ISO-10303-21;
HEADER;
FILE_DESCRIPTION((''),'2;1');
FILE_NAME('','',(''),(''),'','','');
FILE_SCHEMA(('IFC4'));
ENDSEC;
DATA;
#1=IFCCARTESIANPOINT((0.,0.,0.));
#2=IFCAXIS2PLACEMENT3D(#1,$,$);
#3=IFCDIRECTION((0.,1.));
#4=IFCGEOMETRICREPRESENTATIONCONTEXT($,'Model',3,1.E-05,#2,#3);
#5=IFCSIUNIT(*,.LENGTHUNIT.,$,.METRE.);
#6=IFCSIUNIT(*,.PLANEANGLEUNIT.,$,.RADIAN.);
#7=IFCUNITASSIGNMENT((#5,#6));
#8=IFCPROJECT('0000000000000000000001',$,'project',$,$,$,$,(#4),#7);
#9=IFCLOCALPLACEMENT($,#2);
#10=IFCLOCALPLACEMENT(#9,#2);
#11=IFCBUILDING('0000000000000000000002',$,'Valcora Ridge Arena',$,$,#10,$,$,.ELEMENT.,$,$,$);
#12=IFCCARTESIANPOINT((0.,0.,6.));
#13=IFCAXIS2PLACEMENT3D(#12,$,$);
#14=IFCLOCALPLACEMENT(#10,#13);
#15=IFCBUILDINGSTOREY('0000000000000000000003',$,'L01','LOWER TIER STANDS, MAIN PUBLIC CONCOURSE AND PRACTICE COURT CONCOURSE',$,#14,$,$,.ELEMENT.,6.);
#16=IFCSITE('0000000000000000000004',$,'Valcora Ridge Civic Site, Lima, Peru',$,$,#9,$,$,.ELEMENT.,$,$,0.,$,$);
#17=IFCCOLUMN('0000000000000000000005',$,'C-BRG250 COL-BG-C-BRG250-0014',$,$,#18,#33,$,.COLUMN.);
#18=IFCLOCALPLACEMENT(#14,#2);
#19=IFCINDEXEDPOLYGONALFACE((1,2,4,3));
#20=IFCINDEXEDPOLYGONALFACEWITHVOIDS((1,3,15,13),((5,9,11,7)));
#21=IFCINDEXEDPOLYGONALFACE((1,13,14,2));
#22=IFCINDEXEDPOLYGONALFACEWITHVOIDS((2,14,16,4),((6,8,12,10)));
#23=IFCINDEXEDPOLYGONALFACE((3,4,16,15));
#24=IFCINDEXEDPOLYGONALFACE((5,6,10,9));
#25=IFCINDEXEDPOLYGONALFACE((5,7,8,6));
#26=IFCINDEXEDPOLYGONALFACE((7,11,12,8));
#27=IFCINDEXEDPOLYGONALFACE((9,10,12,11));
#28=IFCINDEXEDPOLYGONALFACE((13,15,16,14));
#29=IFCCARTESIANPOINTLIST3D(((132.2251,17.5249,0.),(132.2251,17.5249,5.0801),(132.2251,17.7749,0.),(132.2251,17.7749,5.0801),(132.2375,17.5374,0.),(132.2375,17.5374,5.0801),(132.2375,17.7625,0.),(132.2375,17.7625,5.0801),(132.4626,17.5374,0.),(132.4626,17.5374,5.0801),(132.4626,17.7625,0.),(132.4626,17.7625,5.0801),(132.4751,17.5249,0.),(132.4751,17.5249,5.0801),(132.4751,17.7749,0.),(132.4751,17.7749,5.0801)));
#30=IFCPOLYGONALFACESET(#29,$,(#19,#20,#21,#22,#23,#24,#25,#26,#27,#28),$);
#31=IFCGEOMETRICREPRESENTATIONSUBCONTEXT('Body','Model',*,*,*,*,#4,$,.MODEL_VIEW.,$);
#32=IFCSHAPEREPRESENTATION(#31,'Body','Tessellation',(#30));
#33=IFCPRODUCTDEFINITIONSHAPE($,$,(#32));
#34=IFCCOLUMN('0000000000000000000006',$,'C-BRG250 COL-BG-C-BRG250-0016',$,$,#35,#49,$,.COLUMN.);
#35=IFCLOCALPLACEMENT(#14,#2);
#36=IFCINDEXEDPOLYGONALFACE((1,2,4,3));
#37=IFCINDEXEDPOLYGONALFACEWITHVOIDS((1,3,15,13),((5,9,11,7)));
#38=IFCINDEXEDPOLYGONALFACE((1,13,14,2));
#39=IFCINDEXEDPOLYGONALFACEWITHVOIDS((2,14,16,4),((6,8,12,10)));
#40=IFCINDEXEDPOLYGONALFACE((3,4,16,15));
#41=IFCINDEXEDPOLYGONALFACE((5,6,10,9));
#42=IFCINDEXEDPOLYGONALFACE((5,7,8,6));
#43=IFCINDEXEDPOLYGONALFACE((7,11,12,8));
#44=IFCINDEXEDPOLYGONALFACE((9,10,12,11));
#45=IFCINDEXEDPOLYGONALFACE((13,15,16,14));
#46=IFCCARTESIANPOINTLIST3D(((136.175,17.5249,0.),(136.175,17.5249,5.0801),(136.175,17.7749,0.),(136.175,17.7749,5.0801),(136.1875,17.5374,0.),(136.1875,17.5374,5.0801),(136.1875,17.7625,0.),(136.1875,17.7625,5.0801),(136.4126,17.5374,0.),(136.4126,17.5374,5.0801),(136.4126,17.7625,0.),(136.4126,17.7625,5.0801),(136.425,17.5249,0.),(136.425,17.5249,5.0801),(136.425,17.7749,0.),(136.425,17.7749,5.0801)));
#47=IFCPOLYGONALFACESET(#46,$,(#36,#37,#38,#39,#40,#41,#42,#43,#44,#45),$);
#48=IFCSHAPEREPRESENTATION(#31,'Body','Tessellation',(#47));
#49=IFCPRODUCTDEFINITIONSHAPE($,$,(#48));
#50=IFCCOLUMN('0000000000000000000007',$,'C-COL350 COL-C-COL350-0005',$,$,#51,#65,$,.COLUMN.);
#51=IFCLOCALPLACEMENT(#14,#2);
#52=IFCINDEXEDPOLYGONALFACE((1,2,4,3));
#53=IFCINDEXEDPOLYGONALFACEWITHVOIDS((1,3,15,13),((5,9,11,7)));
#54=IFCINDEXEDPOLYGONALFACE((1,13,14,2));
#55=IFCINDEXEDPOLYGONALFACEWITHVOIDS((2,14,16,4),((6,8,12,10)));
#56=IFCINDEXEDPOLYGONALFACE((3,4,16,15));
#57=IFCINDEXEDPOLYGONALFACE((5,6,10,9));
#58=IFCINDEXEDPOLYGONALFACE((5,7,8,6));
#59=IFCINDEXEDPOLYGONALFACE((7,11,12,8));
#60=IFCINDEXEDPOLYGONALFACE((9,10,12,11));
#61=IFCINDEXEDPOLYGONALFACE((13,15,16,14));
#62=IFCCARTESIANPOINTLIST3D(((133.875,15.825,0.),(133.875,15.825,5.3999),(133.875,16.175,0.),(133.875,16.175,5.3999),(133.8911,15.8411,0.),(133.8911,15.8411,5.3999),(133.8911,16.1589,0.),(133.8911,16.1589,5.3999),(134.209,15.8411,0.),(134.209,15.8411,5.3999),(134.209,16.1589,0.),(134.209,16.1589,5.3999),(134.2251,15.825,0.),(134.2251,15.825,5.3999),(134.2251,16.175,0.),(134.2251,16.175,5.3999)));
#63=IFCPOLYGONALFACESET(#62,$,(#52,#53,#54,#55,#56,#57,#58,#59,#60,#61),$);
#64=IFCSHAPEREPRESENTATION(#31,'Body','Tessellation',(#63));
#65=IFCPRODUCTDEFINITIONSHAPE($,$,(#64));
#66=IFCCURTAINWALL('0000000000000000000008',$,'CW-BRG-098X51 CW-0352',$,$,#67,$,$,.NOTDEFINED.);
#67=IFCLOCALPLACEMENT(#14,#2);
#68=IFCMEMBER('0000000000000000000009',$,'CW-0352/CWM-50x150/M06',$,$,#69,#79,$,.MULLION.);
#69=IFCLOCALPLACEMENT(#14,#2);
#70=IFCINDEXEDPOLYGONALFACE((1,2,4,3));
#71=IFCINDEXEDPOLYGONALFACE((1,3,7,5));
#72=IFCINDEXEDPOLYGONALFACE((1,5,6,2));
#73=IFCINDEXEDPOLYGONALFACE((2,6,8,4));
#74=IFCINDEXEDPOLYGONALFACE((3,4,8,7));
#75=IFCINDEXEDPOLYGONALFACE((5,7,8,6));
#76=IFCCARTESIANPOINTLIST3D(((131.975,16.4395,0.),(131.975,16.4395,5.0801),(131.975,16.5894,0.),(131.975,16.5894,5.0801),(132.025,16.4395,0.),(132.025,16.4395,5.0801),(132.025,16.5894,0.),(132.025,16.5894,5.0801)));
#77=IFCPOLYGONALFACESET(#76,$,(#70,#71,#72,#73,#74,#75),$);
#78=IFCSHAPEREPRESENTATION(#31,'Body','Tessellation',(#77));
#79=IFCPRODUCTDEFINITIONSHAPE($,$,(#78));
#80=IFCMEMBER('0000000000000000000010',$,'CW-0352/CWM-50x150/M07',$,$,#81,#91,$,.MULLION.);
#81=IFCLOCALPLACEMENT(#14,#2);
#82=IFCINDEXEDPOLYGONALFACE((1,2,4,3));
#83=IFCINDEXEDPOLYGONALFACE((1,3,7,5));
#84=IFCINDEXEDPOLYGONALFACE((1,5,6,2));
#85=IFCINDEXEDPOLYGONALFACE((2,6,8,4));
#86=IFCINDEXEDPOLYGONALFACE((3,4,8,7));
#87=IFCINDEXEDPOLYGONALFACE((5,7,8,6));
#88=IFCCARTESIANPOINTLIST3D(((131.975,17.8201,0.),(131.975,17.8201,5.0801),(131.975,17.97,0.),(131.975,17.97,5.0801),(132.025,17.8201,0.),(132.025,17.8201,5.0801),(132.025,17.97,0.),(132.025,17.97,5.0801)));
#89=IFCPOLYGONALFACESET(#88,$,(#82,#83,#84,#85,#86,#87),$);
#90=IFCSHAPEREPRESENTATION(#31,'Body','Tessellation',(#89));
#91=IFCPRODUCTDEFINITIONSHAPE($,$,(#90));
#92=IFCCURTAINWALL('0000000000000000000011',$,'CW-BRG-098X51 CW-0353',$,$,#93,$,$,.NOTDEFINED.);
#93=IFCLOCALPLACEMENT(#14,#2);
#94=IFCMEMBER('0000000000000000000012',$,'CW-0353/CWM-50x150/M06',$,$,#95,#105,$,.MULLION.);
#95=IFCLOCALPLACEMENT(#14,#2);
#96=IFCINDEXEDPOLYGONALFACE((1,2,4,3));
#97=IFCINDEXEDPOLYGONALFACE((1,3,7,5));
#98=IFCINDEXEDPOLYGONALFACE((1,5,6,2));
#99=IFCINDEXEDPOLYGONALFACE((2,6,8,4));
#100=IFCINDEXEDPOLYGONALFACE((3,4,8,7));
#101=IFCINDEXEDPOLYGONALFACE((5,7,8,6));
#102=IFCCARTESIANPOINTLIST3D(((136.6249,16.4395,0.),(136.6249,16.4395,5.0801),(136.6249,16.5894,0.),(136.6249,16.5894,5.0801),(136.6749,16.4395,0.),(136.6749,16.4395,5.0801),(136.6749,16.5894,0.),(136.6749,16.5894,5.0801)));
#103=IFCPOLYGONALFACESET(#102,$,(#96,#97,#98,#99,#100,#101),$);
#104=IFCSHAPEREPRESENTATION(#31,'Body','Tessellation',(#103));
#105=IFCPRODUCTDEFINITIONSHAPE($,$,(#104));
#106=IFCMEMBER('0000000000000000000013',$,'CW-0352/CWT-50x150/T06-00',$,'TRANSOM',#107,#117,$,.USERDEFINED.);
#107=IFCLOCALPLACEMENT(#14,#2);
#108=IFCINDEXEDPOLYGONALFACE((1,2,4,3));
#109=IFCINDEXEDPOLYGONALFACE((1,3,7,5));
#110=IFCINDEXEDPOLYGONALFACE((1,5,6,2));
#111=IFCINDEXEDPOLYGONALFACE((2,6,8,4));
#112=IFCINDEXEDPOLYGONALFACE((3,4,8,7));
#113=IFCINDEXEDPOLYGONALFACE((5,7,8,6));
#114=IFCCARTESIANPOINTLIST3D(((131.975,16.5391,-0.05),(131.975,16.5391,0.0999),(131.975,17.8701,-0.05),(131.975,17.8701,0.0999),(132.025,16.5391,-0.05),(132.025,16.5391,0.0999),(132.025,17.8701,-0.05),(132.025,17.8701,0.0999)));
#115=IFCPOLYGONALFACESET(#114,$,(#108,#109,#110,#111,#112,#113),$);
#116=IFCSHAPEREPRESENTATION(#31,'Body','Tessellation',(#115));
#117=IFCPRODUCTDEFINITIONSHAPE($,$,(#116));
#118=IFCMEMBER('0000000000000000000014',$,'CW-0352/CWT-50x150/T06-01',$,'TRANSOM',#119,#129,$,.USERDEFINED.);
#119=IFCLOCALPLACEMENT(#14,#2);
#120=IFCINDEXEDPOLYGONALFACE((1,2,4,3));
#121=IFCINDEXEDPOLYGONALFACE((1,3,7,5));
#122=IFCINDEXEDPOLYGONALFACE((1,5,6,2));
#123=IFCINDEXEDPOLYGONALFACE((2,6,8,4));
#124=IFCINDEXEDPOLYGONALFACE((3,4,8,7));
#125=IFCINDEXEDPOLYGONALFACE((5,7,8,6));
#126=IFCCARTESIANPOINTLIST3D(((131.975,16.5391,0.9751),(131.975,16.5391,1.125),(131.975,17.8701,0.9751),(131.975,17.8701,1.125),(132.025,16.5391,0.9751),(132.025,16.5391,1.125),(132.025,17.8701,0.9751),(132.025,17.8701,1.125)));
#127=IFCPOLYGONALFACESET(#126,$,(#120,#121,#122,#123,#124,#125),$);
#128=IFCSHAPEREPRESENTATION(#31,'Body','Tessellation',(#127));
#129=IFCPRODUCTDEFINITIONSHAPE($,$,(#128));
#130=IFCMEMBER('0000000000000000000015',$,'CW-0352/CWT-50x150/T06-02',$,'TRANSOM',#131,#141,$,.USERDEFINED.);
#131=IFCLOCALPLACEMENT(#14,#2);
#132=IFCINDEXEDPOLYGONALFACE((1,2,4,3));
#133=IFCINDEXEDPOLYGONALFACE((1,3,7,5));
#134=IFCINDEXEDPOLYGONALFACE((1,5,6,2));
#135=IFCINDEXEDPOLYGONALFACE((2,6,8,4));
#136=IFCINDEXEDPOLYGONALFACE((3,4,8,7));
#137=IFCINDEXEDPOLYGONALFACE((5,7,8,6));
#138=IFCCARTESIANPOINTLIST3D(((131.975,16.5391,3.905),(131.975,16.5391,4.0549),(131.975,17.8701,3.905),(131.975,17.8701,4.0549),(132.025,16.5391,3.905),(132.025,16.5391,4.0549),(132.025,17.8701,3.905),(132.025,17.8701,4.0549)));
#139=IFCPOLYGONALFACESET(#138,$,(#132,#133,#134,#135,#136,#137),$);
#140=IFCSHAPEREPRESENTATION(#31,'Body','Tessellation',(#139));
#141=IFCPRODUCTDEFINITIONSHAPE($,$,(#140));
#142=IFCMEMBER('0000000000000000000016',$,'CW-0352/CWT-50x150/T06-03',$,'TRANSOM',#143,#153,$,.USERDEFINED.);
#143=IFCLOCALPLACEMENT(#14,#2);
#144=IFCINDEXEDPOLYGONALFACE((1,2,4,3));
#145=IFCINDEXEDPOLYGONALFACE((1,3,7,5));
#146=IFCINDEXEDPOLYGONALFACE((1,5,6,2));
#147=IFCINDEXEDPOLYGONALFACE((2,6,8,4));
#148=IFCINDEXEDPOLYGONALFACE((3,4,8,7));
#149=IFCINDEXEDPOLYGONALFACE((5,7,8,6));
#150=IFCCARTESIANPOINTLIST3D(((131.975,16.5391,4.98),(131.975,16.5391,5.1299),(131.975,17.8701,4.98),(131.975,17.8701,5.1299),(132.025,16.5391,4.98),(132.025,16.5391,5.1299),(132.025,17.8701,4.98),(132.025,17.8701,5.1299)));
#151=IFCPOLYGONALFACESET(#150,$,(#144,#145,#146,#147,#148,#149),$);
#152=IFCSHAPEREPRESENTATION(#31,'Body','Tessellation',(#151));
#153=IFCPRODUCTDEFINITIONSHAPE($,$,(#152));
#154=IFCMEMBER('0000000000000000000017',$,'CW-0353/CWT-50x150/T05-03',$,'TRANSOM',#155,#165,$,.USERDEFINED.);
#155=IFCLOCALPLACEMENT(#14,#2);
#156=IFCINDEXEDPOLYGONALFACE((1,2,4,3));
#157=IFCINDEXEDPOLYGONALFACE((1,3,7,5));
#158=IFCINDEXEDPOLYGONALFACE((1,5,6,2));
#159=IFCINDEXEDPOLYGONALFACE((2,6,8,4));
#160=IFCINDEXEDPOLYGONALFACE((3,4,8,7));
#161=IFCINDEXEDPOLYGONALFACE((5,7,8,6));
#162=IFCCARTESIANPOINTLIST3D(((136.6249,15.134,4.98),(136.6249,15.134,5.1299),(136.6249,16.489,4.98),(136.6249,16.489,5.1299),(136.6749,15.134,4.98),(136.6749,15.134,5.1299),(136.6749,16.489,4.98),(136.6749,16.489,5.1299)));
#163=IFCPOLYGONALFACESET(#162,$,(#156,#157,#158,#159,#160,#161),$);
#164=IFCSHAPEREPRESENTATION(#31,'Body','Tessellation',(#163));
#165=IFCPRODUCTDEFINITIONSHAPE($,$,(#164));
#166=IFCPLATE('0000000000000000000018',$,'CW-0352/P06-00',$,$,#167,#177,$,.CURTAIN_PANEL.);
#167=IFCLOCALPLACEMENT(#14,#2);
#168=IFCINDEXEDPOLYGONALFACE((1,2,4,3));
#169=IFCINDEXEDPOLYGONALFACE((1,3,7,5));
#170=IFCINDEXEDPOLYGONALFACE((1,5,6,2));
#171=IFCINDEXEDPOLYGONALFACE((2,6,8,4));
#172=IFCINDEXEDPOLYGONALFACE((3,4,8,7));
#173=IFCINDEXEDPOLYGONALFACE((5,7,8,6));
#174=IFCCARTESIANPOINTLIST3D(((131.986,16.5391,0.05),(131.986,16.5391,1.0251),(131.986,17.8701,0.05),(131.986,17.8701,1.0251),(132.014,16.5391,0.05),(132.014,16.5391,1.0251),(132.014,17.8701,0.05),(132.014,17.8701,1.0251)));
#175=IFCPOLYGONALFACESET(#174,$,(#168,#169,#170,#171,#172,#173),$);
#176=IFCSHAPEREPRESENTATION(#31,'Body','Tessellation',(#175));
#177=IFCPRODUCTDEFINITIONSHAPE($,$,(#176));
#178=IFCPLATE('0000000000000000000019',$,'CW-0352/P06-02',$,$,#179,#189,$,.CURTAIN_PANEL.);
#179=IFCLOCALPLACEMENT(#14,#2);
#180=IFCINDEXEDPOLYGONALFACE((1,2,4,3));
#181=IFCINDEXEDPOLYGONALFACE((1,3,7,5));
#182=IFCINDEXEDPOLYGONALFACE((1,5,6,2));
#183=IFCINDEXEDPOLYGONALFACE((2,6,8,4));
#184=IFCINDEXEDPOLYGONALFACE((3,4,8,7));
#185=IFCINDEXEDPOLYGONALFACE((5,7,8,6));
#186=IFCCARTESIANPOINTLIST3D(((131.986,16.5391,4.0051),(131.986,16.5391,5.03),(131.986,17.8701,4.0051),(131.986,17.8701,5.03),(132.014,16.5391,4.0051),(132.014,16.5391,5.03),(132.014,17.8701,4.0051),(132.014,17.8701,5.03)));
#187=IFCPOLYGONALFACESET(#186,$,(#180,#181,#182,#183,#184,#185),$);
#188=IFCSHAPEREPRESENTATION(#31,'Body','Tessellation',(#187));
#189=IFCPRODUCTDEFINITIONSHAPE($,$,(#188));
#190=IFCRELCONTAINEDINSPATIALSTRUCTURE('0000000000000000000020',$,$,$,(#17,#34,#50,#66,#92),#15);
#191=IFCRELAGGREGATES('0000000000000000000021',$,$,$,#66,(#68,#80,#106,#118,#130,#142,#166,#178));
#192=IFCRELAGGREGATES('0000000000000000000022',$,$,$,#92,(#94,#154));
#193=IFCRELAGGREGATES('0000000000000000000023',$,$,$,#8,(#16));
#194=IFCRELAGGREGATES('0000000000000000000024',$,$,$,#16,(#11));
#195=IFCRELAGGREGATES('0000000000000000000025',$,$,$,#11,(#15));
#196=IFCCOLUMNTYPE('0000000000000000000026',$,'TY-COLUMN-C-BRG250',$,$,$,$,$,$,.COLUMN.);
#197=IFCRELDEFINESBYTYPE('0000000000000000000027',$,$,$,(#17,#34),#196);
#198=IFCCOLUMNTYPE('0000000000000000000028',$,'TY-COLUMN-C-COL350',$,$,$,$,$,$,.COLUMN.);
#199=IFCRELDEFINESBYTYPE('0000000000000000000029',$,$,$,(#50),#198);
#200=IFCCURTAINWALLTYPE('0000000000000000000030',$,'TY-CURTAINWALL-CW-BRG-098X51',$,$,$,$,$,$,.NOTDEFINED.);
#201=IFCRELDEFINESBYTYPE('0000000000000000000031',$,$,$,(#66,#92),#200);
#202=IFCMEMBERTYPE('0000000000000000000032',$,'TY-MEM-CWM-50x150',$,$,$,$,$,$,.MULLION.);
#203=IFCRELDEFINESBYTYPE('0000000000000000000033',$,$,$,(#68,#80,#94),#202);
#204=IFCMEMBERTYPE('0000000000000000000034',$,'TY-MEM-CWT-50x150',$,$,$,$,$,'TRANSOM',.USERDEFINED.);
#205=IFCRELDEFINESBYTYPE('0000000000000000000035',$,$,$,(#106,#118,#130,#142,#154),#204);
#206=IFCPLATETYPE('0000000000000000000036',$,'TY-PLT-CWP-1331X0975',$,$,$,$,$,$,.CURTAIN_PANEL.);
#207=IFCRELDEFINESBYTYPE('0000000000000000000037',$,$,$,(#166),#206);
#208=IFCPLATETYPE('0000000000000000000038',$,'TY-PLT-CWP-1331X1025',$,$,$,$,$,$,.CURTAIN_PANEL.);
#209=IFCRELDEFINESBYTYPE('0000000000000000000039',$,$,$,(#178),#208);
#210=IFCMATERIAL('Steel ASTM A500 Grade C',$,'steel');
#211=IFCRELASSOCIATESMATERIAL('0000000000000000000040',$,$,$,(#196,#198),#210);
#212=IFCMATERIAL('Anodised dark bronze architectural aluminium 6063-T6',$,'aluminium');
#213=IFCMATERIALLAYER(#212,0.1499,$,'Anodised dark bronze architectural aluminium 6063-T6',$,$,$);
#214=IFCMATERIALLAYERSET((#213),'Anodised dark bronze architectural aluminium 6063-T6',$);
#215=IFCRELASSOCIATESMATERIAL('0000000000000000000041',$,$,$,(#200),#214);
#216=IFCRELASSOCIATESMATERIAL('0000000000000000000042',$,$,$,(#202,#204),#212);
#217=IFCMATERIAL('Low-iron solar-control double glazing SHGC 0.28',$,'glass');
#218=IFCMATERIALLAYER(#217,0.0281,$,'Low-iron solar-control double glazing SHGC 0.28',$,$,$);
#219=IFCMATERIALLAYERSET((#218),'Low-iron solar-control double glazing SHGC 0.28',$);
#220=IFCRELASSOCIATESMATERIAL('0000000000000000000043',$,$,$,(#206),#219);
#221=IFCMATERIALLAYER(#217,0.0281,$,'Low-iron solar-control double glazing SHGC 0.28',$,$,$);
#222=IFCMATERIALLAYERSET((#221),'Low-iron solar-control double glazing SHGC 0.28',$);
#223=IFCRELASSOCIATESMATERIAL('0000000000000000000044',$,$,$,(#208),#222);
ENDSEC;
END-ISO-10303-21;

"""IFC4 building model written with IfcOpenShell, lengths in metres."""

from ifc_helpers import new_model, si_unit, direction, frame, origin, origin_2d, place, context, subcontext, project, spatial, rectangle, hollow_rectangle, extrude, material, layer, layer_set, material_profile, profile_set, type_object, element, aggregate, save


model = new_model("IFC4")

# Units and contexts
model_context = context("Model", 3, precision=1e-05, world=origin(), true_north=direction((0.0, 1.0)))
body_context = subcontext(model_context, "Body", "Model", "MODEL_VIEW")
ifc_project = project(units=[si_unit("LENGTHUNIT", "METRE"), si_unit("PLANEANGLEUNIT", "RADIAN")], contexts=[model_context])

# Site, building, storey
site_placement = place(None, origin())
site = spatial("IfcSite", under=ifc_project, at=site_placement, Name="Valcora Ridge Civic Site, Lima, Peru", CompositionType="ELEMENT", RefElevation=0.0)
building_placement = place(site_placement, origin())
building = spatial("IfcBuilding", under=site, at=building_placement, Name="Valcora Ridge Arena", CompositionType="ELEMENT")
storey_placement = place(building_placement, frame((0.0, 0.0, 6.0)))
storey = spatial("IfcBuildingStorey", under=building, at=storey_placement, Name="L01", Description="LOWER TIER STANDS, MAIN PUBLIC CONCOURSE AND PRACTICE COURT CONCOURSE", CompositionType="ELEMENT", Elevation=6.0)

# Columns
ifc_material_1 = material(Name="Steel ASTM A500 Grade C", Category="steel")
ifc_material_profile_1 = material_profile(ifc_material_1, hollow_rectangle(XDim=0.25, YDim=0.25, WallThickness=0.0125, at=origin_2d()), Name="HSS250X250X12")
ifc_profile_set_1 = profile_set([ifc_material_profile_1], Name="Steel ASTM A500 Grade C")
column_type_1 = type_object("IfcColumnType", Name="TY-COLUMN-C-BRG250", PredefinedType="COLUMN", material=ifc_profile_set_1)
for number, where, z_axis, x_axis, name in (
    (1, (132.3501, 17.6499, 0.0), (0.0, 0.0, 1.0), (1.0, 0.0, 0.0), "C-BRG250 COL-BG-C-BRG250-0014"),
    (2, (136.3, 17.6499, 0.0), (0.0, 0.0, 1.0), (1.0, 0.0, 0.0), "C-BRG250 COL-BG-C-BRG250-0016"),
):
    element("IfcColumn", number, at=place(storey_placement, frame(where, z_axis=z_axis, x_axis=x_axis)), inside=storey, type_object=column_type_1, Name=name, PredefinedType="COLUMN", context=body_context, shape_type="SweptSolid", body=[
        extrude(hollow_rectangle(XDim=0.25, YDim=0.25, WallThickness=0.0125, at=origin_2d()), origin(), (0.0, 0.0, 1.0), 5.0801),
    ])
ifc_material_profile_2 = material_profile(ifc_material_1, hollow_rectangle(XDim=0.3501, YDim=0.3501, WallThickness=0.0161, at=origin_2d()), Name="HSS350X350X16")
ifc_profile_set_2 = profile_set([ifc_material_profile_2], Name="Steel ASTM A500 Grade C")
column_type_2 = type_object("IfcColumnType", Name="TY-COLUMN-C-COL350", PredefinedType="COLUMN", material=ifc_profile_set_2)
column_placement = place(storey_placement, frame((134.05, 16.0, 0.0), z_axis=(0.0, 0.0, 1.0), x_axis=(1.0, 0.0, 0.0)))
element("IfcColumn", 3, at=column_placement, inside=storey, type_object=column_type_2, Name="C-COL350 COL-C-COL350-0005", PredefinedType="COLUMN", context=body_context, shape_type="SweptSolid", body=[
    extrude(hollow_rectangle(XDim=0.3501, YDim=0.3501, WallThickness=0.0161, at=origin_2d()), origin(), (0.0, 0.0, 1.0), 5.3999),
])

# Curtain wall, members
ifc_material_2 = material(Name="Anodised dark bronze architectural aluminium 6063-T6", Category="aluminium")
ifc_layer_1 = layer(ifc_material_2, 0.1499, Name="Anodised dark bronze architectural aluminium 6063-T6")
ifc_layer_set_1 = layer_set([ifc_layer_1], Name="Anodised dark bronze architectural aluminium 6063-T6")
curtain_wall_type = type_object("IfcCurtainWallType", Name="TY-CURTAINWALL-CW-BRG-098X51", PredefinedType="NOTDEFINED", material=ifc_layer_set_1)
curtain_wall_1_placement = place(storey_placement, origin())
curtain_wall_1 = element("IfcCurtainWall", 4, at=curtain_wall_1_placement, inside=storey, type_object=curtain_wall_type, Name="CW-BRG-098X51 CW-0352", PredefinedType="NOTDEFINED")
ifc_material_profile_3 = material_profile(ifc_material_2, rectangle(XDim=0.05, YDim=0.1499, at=origin_2d()), Name="ALU MULLION 50x150")
ifc_profile_set_3 = profile_set([ifc_material_profile_3], Name="Anodised dark bronze architectural aluminium 6063-T6")
member_type_1 = type_object("IfcMemberType", Name="TY-MEM-CWM-50x150", PredefinedType="MULLION", material=ifc_profile_set_3)
member_1_placement = place(storey_placement, frame((132.0, 16.5144, 0.0), z_axis=(0.0, 0.0, 1.0), x_axis=(-1.0, 0.0, 0.0)))
member_1 = element("IfcMember", 5, at=member_1_placement, type_object=member_type_1, Name="CW-0352/CWM-50x150/M06", PredefinedType="MULLION", context=body_context, shape_type="SweptSolid", body=[
    extrude(rectangle(XDim=0.05, YDim=0.1499, at=origin_2d()), origin(), (0.0, 0.0, 1.0), 5.0801),
])
member_2_placement = place(storey_placement, frame((132.0, 17.895, 0.0), z_axis=(0.0, 0.0, 1.0), x_axis=(-1.0, 0.0, 0.0)))
member_2 = element("IfcMember", 6, at=member_2_placement, type_object=member_type_1, Name="CW-0352/CWM-50x150/M07", PredefinedType="MULLION", context=body_context, shape_type="SweptSolid", body=[
    extrude(rectangle(XDim=0.05, YDim=0.1499, at=origin_2d()), origin(), (0.0, 0.0, 1.0), 5.0801),
])

# Curtain wall, member
curtain_wall_2_placement = place(storey_placement, origin())
curtain_wall_2 = element("IfcCurtainWall", 7, at=curtain_wall_2_placement, inside=storey, type_object=curtain_wall_type, Name="CW-BRG-098X51 CW-0353", PredefinedType="NOTDEFINED")
member_3_placement = place(storey_placement, frame((136.6499, 16.5144, 0.0), z_axis=(0.0, 0.0, 1.0), x_axis=(-1.0, 0.0, 0.0)))
member_3 = element("IfcMember", 8, at=member_3_placement, type_object=member_type_1, Name="CW-0353/CWM-50x150/M06", PredefinedType="MULLION", context=body_context, shape_type="SweptSolid", body=[
    extrude(rectangle(XDim=0.05, YDim=0.1499, at=origin_2d()), origin(), (0.0, 0.0, 1.0), 5.0801),
])

# Members
ifc_material_profile_4 = material_profile(ifc_material_2, rectangle(XDim=0.05, YDim=0.1499, at=origin_2d()), Name="ALU TRANSOM 50x150")
ifc_profile_set_4 = profile_set([ifc_material_profile_4], Name="Anodised dark bronze architectural aluminium 6063-T6")
member_type_2 = type_object("IfcMemberType", Name="TY-MEM-CWT-50x150", ElementType="TRANSOM", PredefinedType="USERDEFINED", material=ifc_profile_set_4)
member_4_placement = place(storey_placement, frame((132.0, 16.5391, 0.0249), z_axis=(0.0, 1.0, 0.0), x_axis=(-1.0, 0.0, 0.0)))
member_4 = element("IfcMember", 9, at=member_4_placement, type_object=member_type_2, Name="CW-0352/CWT-50x150/T06-00", ObjectType="TRANSOM", PredefinedType="USERDEFINED", context=body_context, shape_type="SweptSolid", body=[
    extrude(rectangle(XDim=0.05, YDim=0.1499, at=origin_2d()), origin(), (0.0, 0.0, 1.0), 1.3311),
])
member_5_placement = place(storey_placement, frame((132.0, 16.5391, 1.05), z_axis=(0.0, 1.0, 0.0), x_axis=(-1.0, 0.0, 0.0)))
member_5 = element("IfcMember", 10, at=member_5_placement, type_object=member_type_2, Name="CW-0352/CWT-50x150/T06-01", ObjectType="TRANSOM", PredefinedType="USERDEFINED", context=body_context, shape_type="SweptSolid", body=[
    extrude(rectangle(XDim=0.05, YDim=0.1499, at=origin_2d()), origin(), (0.0, 0.0, 1.0), 1.3311),
])
member_6_placement = place(storey_placement, frame((132.0, 16.5391, 3.98), z_axis=(0.0, 1.0, 0.0), x_axis=(-1.0, 0.0, 0.0)))
member_6 = element("IfcMember", 11, at=member_6_placement, type_object=member_type_2, Name="CW-0352/CWT-50x150/T06-02", ObjectType="TRANSOM", PredefinedType="USERDEFINED", context=body_context, shape_type="SweptSolid", body=[
    extrude(rectangle(XDim=0.05, YDim=0.1499, at=origin_2d()), origin(), (0.0, 0.0, 1.0), 1.3311),
])
member_7_placement = place(storey_placement, frame((132.0, 16.5391, 5.0549), z_axis=(0.0, 1.0, 0.0), x_axis=(-1.0, 0.0, 0.0)))
member_7 = element("IfcMember", 12, at=member_7_placement, type_object=member_type_2, Name="CW-0352/CWT-50x150/T06-03", ObjectType="TRANSOM", PredefinedType="USERDEFINED", context=body_context, shape_type="SweptSolid", body=[
    extrude(rectangle(XDim=0.05, YDim=0.1499, at=origin_2d()), origin(), (0.0, 0.0, 1.0), 1.3311),
])
member_8_placement = place(storey_placement, frame((136.6499, 15.134, 5.0549), z_axis=(0.0, 1.0, 0.0), x_axis=(-1.0, 0.0, 0.0)))
member_8 = element("IfcMember", 13, at=member_8_placement, type_object=member_type_2, Name="CW-0353/CWT-50x150/T05-03", ObjectType="TRANSOM", PredefinedType="USERDEFINED", context=body_context, shape_type="SweptSolid", body=[
    extrude(rectangle(XDim=0.05, YDim=0.1499, at=origin_2d()), origin(), (0.0, 0.0, 1.0), 1.355),
])

# Plates
ifc_material_3 = material(Name="Low-iron solar-control double glazing SHGC 0.28", Category="glass")
ifc_layer_2 = layer(ifc_material_3, 0.0281, Name="Low-iron solar-control double glazing SHGC 0.28")
ifc_layer_set_2 = layer_set([ifc_layer_2], Name="Low-iron solar-control double glazing SHGC 0.28")
plate_type_1 = type_object("IfcPlateType", Name="TY-PLT-CWP-1331X0975", PredefinedType="CURTAIN_PANEL", material=ifc_layer_set_2)
plate_1_placement = place(storey_placement, frame((132.0, 17.2046, 0.05), z_axis=(0.0, 0.0, 1.0), x_axis=(0.0, 1.0, 0.0)))
plate_1 = element("IfcPlate", 14, at=plate_1_placement, type_object=plate_type_1, Name="CW-0352/P06-00", PredefinedType="CURTAIN_PANEL", context=body_context, shape_type="SweptSolid", body=[
    extrude(rectangle(XDim=1.3311, YDim=0.0281, at=origin_2d()), origin(), (0.0, 0.0, 1.0), 0.9751),
])
ifc_layer_3 = layer(ifc_material_3, 0.0281, Name="Low-iron solar-control double glazing SHGC 0.28")
ifc_layer_set_3 = layer_set([ifc_layer_3], Name="Low-iron solar-control double glazing SHGC 0.28")
plate_type_2 = type_object("IfcPlateType", Name="TY-PLT-CWP-1331X1025", PredefinedType="CURTAIN_PANEL", material=ifc_layer_set_3)
plate_2_placement = place(storey_placement, frame((132.0, 17.2046, 4.0051), z_axis=(0.0, 0.0, 1.0), x_axis=(0.0, 1.0, 0.0)))
plate_2 = element("IfcPlate", 15, at=plate_2_placement, type_object=plate_type_2, Name="CW-0352/P06-02", PredefinedType="CURTAIN_PANEL", context=body_context, shape_type="SweptSolid", body=[
    extrude(rectangle(XDim=1.3311, YDim=0.0281, at=origin_2d()), origin(), (0.0, 0.0, 1.0), 1.0249),
])
aggregate(curtain_wall_1, [member_1, member_2, member_4, member_5, member_6, member_7, plate_1, plate_2])
aggregate(curtain_wall_2, [member_3, member_8])

save(model, "model.ifc")
